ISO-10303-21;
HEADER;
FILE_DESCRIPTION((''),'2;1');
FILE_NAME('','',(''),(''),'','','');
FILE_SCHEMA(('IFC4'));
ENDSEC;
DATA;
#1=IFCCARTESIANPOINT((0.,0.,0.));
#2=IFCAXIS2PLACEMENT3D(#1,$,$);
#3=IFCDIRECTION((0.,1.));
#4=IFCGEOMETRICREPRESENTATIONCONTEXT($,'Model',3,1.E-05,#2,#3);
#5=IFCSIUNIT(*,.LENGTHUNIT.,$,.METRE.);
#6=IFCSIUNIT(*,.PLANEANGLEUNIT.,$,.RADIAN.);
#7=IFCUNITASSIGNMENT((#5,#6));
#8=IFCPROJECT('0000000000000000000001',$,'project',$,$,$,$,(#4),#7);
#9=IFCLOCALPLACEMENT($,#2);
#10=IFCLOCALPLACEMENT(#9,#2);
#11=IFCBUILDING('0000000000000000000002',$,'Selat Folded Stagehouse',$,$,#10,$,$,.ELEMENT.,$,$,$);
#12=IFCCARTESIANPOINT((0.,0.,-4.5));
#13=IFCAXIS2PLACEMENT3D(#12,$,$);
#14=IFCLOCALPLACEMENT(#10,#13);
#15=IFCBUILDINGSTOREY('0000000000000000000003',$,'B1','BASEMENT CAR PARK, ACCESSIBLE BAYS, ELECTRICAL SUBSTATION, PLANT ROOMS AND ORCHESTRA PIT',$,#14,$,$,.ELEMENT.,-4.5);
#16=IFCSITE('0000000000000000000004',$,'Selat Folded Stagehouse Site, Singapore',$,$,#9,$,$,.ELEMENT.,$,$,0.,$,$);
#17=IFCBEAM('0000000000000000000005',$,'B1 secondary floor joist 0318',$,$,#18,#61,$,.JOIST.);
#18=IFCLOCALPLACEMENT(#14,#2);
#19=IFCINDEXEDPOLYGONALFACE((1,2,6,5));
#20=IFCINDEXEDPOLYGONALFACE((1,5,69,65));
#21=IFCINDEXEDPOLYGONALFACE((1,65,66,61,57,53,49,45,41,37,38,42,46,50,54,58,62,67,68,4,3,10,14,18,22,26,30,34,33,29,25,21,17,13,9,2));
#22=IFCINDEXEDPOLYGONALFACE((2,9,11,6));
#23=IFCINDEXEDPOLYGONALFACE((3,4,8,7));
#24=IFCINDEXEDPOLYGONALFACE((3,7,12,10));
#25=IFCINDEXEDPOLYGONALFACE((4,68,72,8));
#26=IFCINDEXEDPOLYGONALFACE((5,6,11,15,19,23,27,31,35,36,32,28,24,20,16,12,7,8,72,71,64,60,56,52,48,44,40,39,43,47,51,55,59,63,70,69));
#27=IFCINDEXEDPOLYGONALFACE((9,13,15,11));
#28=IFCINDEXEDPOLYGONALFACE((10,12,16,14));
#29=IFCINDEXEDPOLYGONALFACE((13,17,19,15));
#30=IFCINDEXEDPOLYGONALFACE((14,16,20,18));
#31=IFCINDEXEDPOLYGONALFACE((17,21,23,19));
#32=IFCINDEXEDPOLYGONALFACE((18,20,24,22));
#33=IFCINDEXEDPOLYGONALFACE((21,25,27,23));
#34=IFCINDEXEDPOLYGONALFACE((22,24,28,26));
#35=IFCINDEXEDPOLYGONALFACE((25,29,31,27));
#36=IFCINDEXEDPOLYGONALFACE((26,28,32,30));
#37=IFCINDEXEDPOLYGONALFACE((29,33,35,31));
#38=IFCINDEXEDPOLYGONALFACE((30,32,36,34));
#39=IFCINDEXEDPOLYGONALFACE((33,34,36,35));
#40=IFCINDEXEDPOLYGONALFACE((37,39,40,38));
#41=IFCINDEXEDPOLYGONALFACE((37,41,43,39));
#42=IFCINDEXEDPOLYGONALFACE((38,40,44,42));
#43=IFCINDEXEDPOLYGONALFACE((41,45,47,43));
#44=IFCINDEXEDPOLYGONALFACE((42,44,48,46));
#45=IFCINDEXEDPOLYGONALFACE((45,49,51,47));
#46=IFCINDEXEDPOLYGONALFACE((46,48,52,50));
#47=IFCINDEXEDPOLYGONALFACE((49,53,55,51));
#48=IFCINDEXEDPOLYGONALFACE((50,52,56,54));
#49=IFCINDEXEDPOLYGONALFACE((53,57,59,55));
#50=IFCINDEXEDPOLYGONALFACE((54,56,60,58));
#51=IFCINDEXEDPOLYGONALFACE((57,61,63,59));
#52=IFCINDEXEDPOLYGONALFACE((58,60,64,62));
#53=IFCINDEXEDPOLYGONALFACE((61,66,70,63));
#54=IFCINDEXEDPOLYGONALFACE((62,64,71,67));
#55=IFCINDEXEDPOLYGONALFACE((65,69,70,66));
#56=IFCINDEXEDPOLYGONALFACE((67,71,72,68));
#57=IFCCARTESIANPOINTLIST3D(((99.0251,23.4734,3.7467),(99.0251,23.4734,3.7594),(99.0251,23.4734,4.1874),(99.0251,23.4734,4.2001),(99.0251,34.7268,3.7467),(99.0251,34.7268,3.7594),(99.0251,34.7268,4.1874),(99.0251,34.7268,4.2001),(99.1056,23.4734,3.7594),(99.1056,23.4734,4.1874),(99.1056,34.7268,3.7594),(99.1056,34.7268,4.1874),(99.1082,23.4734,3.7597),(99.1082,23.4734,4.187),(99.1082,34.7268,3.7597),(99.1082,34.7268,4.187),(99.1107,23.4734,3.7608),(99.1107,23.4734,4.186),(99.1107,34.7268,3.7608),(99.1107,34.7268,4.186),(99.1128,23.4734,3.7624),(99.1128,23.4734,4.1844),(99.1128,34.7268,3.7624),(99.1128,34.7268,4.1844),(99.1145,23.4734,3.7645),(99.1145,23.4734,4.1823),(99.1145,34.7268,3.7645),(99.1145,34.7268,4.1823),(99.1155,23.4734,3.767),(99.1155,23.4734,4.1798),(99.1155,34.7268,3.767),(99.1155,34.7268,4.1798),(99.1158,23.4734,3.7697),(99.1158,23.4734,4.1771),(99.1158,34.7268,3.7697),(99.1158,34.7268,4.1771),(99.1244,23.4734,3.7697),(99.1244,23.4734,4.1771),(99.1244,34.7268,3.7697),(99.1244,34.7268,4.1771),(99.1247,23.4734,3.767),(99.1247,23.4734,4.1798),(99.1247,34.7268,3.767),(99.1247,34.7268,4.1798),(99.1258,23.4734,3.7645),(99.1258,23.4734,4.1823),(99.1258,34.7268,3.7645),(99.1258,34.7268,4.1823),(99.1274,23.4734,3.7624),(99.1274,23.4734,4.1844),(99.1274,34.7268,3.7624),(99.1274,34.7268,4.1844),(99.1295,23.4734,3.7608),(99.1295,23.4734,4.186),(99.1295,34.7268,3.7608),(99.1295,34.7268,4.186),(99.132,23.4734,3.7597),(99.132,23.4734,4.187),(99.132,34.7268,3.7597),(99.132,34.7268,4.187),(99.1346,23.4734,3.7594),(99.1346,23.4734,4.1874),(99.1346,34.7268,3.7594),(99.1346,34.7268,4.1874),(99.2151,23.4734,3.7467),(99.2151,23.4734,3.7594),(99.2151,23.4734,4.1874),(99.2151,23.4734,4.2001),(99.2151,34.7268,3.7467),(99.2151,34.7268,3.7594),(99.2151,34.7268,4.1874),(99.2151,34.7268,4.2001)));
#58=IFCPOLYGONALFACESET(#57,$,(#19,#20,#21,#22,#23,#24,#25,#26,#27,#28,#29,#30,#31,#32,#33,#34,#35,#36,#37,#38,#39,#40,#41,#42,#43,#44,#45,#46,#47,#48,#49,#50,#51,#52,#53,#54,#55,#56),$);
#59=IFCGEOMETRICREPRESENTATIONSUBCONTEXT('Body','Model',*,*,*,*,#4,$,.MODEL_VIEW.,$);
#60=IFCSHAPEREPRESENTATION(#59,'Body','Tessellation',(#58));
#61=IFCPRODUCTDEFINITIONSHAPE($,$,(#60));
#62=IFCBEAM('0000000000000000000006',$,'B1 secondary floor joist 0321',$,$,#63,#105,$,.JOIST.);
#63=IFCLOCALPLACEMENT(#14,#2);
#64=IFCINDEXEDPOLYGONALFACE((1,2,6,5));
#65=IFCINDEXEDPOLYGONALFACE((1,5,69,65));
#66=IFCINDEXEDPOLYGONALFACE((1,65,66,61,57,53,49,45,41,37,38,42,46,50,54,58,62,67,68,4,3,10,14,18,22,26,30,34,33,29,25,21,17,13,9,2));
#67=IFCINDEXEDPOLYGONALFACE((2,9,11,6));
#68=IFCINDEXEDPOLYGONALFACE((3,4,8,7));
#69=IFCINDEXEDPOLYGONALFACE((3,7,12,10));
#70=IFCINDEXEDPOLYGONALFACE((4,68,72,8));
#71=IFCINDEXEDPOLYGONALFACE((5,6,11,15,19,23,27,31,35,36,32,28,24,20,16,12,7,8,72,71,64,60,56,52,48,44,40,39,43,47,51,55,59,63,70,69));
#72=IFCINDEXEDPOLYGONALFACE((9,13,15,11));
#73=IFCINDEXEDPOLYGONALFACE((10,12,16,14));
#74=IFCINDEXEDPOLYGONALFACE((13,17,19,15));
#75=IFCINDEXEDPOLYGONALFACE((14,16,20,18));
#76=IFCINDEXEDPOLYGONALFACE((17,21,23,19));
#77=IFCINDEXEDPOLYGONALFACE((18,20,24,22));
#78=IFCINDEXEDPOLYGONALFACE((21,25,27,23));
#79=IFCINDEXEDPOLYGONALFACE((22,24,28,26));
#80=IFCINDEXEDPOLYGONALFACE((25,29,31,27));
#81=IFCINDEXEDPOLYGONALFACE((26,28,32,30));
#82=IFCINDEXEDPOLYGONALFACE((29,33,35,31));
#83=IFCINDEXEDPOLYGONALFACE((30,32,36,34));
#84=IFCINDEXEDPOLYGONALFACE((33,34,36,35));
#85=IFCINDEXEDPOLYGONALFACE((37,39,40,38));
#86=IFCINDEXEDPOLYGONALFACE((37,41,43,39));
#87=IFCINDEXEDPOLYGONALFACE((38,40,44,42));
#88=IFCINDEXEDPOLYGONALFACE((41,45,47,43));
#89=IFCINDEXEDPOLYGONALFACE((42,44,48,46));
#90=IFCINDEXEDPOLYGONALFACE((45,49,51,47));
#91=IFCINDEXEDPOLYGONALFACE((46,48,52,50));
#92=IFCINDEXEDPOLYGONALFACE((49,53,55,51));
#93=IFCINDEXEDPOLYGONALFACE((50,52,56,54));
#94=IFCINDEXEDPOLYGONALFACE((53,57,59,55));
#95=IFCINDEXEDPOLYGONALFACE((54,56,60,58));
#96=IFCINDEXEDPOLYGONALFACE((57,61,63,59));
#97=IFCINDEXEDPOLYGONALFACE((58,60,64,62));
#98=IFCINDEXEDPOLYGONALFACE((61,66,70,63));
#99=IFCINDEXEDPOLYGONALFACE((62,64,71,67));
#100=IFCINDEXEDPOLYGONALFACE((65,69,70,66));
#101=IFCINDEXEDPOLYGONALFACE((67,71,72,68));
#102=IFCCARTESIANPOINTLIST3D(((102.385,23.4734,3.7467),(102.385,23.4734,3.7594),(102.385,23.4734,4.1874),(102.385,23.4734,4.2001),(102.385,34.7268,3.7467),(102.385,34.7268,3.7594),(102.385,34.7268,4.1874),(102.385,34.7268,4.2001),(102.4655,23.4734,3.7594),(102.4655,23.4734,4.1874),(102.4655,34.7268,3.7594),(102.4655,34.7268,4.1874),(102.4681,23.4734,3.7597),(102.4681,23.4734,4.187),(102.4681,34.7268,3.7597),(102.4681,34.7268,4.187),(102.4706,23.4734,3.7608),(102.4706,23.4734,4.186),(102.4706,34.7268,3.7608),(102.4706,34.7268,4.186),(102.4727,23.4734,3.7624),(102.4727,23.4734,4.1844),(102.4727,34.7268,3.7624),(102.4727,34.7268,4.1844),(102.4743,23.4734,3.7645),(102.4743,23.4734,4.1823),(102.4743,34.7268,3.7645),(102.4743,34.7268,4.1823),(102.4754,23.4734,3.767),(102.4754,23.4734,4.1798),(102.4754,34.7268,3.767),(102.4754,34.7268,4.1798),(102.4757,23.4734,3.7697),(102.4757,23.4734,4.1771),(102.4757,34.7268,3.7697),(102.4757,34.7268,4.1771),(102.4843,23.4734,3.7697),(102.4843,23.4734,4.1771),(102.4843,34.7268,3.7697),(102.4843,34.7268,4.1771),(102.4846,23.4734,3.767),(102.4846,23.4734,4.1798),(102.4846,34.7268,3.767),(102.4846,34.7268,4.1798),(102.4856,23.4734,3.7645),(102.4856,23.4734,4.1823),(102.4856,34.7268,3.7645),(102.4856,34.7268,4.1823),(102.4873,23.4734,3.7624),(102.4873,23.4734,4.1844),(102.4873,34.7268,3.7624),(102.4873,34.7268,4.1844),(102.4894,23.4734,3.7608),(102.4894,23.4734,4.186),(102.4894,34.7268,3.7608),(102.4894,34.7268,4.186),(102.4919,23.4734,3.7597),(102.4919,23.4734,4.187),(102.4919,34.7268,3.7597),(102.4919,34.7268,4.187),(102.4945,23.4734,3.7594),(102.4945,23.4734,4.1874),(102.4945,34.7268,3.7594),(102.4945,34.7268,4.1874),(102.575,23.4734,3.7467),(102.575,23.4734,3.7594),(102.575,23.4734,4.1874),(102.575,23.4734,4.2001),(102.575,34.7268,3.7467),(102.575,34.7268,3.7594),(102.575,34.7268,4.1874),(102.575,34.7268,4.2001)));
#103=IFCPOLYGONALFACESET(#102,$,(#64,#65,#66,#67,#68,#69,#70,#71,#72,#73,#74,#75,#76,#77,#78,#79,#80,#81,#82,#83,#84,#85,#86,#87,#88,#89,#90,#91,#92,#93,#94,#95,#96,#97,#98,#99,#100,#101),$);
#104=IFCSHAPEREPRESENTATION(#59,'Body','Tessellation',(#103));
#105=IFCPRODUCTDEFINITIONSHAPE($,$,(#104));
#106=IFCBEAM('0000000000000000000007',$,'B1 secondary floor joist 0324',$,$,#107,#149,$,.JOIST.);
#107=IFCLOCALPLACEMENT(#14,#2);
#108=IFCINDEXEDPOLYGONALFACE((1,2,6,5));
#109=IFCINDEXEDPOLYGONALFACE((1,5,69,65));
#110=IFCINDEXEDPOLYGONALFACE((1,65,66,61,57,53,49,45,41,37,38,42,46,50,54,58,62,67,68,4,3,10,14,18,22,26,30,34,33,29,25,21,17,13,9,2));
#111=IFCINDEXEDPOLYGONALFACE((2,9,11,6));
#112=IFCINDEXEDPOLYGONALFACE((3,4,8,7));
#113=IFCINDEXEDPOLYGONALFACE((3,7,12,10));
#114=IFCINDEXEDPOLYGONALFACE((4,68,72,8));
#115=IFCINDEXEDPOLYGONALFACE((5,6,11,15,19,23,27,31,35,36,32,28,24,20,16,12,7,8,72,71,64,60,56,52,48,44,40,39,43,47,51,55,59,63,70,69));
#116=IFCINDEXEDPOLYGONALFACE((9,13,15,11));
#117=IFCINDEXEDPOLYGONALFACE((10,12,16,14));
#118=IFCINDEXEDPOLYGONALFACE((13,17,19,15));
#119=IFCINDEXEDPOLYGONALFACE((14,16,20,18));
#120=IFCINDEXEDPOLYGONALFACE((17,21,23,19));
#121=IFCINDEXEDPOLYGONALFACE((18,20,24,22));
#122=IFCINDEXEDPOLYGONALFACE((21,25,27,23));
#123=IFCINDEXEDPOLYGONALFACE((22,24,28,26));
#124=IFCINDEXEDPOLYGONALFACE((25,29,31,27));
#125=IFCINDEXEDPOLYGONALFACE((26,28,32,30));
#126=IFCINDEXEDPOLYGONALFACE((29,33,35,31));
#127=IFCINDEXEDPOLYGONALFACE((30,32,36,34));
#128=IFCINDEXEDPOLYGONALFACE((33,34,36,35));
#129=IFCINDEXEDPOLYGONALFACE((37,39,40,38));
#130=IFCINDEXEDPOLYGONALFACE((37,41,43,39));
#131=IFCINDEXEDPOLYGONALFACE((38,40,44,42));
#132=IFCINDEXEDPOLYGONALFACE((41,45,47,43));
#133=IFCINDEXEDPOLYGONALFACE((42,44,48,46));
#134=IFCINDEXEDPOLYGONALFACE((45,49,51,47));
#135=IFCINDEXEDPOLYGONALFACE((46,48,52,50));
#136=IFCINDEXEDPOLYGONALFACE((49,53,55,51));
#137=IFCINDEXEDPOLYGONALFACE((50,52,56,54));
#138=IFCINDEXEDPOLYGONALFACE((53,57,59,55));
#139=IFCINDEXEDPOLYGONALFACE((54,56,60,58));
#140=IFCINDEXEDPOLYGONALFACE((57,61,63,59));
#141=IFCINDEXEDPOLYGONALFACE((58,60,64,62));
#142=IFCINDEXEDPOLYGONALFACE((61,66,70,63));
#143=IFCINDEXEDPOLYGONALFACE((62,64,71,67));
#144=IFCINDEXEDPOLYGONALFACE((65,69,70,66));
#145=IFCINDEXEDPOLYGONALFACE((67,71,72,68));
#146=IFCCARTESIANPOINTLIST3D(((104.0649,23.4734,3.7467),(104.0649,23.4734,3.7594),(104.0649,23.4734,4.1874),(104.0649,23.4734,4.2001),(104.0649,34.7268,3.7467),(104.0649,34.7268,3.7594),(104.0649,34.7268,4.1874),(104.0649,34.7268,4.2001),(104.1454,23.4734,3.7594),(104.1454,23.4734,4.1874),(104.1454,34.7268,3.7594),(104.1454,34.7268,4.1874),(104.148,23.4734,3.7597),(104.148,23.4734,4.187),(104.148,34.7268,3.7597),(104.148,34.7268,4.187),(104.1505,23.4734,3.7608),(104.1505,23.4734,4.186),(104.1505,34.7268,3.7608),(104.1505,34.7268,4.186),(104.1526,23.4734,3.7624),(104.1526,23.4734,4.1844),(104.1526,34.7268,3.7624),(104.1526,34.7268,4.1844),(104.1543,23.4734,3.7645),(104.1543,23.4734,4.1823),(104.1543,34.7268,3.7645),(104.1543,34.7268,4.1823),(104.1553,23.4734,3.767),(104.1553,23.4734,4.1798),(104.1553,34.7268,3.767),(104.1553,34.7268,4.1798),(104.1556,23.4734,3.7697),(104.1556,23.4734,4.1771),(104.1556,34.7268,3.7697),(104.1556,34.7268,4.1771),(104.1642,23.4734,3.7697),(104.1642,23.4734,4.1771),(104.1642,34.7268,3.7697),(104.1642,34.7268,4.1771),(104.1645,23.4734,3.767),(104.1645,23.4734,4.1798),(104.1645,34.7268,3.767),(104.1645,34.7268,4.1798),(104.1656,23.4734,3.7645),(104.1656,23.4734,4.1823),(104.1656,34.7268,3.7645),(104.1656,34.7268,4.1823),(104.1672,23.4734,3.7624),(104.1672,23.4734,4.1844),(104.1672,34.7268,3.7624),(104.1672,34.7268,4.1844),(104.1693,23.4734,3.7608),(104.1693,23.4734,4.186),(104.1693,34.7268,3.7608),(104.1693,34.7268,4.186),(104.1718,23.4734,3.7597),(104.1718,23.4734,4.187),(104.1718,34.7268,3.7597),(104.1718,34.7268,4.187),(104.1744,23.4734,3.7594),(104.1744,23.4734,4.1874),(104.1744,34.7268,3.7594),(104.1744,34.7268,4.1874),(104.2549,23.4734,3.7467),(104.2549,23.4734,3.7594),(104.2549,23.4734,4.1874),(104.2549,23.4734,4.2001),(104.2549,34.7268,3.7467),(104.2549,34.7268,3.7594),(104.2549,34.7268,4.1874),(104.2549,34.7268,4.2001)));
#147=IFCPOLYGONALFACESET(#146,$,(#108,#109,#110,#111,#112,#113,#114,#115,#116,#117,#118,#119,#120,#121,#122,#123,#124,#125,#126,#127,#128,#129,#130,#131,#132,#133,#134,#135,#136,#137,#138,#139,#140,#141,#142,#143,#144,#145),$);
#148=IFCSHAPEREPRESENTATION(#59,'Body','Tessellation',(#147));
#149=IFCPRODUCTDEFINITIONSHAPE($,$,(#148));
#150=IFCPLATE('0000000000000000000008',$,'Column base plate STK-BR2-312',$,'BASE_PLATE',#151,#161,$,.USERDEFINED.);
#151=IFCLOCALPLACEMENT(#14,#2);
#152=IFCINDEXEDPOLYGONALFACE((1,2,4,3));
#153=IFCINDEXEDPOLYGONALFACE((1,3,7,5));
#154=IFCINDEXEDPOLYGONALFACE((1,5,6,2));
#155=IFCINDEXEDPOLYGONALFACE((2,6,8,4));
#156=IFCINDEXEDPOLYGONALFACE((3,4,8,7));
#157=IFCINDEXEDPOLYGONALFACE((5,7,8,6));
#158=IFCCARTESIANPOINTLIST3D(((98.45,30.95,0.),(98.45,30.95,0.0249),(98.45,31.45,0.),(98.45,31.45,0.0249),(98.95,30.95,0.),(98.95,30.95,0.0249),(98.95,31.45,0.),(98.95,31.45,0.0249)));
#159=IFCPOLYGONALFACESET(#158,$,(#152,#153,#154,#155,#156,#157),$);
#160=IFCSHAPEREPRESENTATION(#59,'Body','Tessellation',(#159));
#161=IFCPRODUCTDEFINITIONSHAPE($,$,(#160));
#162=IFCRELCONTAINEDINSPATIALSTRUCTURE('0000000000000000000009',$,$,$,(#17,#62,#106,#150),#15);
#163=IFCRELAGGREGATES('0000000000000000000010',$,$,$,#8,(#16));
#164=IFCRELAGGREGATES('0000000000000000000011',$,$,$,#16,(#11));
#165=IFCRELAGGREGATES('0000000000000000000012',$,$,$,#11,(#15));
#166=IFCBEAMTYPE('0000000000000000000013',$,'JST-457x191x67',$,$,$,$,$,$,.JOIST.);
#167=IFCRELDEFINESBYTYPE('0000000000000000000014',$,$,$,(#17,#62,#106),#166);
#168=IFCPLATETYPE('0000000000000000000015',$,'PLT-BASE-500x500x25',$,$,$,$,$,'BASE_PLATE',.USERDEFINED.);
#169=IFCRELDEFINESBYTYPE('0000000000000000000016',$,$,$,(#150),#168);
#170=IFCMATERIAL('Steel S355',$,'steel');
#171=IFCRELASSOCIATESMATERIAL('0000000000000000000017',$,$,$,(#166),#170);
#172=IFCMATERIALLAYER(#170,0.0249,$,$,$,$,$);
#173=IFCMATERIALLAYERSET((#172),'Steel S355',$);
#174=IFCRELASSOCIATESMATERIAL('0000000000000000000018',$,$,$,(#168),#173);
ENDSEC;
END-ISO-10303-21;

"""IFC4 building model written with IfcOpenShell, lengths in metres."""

from ifc_helpers import new_model, si_unit, direction, frame, origin, origin_2d, place, context, subcontext, project, spatial, rectangle, i_section, extrude, material, layer, layer_set, material_profile, profile_set, type_object, element, save


model = new_model("IFC4")

# Units and contexts
model_context = context("Model", 3, precision=1e-05, world=origin(), true_north=direction((0.0, 1.0)))
body_context = subcontext(model_context, "Body", "Model", "MODEL_VIEW")
ifc_project = project(units=[si_unit("LENGTHUNIT", "METRE"), si_unit("PLANEANGLEUNIT", "RADIAN")], contexts=[model_context])

# Site, building, storey
site_placement = place(None, origin())
site = spatial("IfcSite", under=ifc_project, at=site_placement, Name="Selat Folded Stagehouse Site, Singapore", CompositionType="ELEMENT", RefElevation=0.0)
building_placement = place(site_placement, origin())
building = spatial("IfcBuilding", under=site, at=building_placement, Name="Selat Folded Stagehouse", CompositionType="ELEMENT")
storey_placement = place(building_placement, frame((0.0, 0.0, -4.5)))
storey = spatial("IfcBuildingStorey", under=building, at=storey_placement, Name="B1", Description="BASEMENT CAR PARK, ACCESSIBLE BAYS, ELECTRICAL SUBSTATION, PLANT ROOMS AND ORCHESTRA PIT", CompositionType="ELEMENT", Elevation=-4.5)

# Shared definitions
ifc_material_1 = material(Name="Steel S355", Category="steel")

# Beams
ifc_material_profile_1 = material_profile(ifc_material_1, i_section(OverallWidth=0.1899, OverallDepth=0.4534, WebThickness=0.0085, FlangeThickness=0.0127, FilletRadius=0.0103, at=origin_2d()), Name="UKB 457x191x67")
ifc_profile_set_1 = profile_set([ifc_material_profile_1], Name="Steel S355")
beam_type_1 = type_object("IfcBeamType", Name="JST-457x191x67", PredefinedType="JOIST", material=ifc_profile_set_1)
for number, where, z_axis, x_axis, name in (
    (1, (99.1201, 23.4734, 3.9734), (0.0, 1.0, 0.0), (-1.0, 0.0, 0.0), "B1 secondary floor joist 0318"),
    (2, (102.48, 23.4734, 3.9734), (0.0, 1.0, 0.0), (-1.0, 0.0, 0.0), "B1 secondary floor joist 0321"),
    (3, (104.1599, 23.4734, 3.9734), (0.0, 1.0, 0.0), (-1.0, 0.0, 0.0), "B1 secondary floor joist 0324"),
):
    element("IfcBeam", number, at=place(storey_placement, frame(where, z_axis=z_axis, x_axis=x_axis)), inside=storey, type_object=beam_type_1, Name=name, PredefinedType="JOIST", context=body_context, shape_type="SweptSolid", body=[
        extrude(i_section(OverallWidth=0.1899, OverallDepth=0.4534, WebThickness=0.0085, FlangeThickness=0.0127, FilletRadius=0.0103, at=origin_2d()), origin(), (0.0, 0.0, 1.0), 11.2534),
    ])

# Plate
ifc_layer = layer(ifc_material_1, 0.0249)
ifc_layer_set = layer_set([ifc_layer], Name="Steel S355")
plate_type = type_object("IfcPlateType", Name="PLT-BASE-500x500x25", ElementType="BASE_PLATE", PredefinedType="USERDEFINED", material=ifc_layer_set)
plate_placement = place(storey_placement, frame((98.7, 31.2, 0.0), z_axis=(0.0, 0.0, 1.0), x_axis=(1.0, 0.0, 0.0)))
element("IfcPlate", 4, at=plate_placement, inside=storey, type_object=plate_type, Name="Column base plate STK-BR2-312", ObjectType="BASE_PLATE", PredefinedType="USERDEFINED", context=body_context, shape_type="SweptSolid", body=[
    extrude(rectangle(XDim=0.5, YDim=0.5, at=origin_2d()), origin(), (0.0, 0.0, 1.0), 0.0249),
])

save(model, "model.ifc")
